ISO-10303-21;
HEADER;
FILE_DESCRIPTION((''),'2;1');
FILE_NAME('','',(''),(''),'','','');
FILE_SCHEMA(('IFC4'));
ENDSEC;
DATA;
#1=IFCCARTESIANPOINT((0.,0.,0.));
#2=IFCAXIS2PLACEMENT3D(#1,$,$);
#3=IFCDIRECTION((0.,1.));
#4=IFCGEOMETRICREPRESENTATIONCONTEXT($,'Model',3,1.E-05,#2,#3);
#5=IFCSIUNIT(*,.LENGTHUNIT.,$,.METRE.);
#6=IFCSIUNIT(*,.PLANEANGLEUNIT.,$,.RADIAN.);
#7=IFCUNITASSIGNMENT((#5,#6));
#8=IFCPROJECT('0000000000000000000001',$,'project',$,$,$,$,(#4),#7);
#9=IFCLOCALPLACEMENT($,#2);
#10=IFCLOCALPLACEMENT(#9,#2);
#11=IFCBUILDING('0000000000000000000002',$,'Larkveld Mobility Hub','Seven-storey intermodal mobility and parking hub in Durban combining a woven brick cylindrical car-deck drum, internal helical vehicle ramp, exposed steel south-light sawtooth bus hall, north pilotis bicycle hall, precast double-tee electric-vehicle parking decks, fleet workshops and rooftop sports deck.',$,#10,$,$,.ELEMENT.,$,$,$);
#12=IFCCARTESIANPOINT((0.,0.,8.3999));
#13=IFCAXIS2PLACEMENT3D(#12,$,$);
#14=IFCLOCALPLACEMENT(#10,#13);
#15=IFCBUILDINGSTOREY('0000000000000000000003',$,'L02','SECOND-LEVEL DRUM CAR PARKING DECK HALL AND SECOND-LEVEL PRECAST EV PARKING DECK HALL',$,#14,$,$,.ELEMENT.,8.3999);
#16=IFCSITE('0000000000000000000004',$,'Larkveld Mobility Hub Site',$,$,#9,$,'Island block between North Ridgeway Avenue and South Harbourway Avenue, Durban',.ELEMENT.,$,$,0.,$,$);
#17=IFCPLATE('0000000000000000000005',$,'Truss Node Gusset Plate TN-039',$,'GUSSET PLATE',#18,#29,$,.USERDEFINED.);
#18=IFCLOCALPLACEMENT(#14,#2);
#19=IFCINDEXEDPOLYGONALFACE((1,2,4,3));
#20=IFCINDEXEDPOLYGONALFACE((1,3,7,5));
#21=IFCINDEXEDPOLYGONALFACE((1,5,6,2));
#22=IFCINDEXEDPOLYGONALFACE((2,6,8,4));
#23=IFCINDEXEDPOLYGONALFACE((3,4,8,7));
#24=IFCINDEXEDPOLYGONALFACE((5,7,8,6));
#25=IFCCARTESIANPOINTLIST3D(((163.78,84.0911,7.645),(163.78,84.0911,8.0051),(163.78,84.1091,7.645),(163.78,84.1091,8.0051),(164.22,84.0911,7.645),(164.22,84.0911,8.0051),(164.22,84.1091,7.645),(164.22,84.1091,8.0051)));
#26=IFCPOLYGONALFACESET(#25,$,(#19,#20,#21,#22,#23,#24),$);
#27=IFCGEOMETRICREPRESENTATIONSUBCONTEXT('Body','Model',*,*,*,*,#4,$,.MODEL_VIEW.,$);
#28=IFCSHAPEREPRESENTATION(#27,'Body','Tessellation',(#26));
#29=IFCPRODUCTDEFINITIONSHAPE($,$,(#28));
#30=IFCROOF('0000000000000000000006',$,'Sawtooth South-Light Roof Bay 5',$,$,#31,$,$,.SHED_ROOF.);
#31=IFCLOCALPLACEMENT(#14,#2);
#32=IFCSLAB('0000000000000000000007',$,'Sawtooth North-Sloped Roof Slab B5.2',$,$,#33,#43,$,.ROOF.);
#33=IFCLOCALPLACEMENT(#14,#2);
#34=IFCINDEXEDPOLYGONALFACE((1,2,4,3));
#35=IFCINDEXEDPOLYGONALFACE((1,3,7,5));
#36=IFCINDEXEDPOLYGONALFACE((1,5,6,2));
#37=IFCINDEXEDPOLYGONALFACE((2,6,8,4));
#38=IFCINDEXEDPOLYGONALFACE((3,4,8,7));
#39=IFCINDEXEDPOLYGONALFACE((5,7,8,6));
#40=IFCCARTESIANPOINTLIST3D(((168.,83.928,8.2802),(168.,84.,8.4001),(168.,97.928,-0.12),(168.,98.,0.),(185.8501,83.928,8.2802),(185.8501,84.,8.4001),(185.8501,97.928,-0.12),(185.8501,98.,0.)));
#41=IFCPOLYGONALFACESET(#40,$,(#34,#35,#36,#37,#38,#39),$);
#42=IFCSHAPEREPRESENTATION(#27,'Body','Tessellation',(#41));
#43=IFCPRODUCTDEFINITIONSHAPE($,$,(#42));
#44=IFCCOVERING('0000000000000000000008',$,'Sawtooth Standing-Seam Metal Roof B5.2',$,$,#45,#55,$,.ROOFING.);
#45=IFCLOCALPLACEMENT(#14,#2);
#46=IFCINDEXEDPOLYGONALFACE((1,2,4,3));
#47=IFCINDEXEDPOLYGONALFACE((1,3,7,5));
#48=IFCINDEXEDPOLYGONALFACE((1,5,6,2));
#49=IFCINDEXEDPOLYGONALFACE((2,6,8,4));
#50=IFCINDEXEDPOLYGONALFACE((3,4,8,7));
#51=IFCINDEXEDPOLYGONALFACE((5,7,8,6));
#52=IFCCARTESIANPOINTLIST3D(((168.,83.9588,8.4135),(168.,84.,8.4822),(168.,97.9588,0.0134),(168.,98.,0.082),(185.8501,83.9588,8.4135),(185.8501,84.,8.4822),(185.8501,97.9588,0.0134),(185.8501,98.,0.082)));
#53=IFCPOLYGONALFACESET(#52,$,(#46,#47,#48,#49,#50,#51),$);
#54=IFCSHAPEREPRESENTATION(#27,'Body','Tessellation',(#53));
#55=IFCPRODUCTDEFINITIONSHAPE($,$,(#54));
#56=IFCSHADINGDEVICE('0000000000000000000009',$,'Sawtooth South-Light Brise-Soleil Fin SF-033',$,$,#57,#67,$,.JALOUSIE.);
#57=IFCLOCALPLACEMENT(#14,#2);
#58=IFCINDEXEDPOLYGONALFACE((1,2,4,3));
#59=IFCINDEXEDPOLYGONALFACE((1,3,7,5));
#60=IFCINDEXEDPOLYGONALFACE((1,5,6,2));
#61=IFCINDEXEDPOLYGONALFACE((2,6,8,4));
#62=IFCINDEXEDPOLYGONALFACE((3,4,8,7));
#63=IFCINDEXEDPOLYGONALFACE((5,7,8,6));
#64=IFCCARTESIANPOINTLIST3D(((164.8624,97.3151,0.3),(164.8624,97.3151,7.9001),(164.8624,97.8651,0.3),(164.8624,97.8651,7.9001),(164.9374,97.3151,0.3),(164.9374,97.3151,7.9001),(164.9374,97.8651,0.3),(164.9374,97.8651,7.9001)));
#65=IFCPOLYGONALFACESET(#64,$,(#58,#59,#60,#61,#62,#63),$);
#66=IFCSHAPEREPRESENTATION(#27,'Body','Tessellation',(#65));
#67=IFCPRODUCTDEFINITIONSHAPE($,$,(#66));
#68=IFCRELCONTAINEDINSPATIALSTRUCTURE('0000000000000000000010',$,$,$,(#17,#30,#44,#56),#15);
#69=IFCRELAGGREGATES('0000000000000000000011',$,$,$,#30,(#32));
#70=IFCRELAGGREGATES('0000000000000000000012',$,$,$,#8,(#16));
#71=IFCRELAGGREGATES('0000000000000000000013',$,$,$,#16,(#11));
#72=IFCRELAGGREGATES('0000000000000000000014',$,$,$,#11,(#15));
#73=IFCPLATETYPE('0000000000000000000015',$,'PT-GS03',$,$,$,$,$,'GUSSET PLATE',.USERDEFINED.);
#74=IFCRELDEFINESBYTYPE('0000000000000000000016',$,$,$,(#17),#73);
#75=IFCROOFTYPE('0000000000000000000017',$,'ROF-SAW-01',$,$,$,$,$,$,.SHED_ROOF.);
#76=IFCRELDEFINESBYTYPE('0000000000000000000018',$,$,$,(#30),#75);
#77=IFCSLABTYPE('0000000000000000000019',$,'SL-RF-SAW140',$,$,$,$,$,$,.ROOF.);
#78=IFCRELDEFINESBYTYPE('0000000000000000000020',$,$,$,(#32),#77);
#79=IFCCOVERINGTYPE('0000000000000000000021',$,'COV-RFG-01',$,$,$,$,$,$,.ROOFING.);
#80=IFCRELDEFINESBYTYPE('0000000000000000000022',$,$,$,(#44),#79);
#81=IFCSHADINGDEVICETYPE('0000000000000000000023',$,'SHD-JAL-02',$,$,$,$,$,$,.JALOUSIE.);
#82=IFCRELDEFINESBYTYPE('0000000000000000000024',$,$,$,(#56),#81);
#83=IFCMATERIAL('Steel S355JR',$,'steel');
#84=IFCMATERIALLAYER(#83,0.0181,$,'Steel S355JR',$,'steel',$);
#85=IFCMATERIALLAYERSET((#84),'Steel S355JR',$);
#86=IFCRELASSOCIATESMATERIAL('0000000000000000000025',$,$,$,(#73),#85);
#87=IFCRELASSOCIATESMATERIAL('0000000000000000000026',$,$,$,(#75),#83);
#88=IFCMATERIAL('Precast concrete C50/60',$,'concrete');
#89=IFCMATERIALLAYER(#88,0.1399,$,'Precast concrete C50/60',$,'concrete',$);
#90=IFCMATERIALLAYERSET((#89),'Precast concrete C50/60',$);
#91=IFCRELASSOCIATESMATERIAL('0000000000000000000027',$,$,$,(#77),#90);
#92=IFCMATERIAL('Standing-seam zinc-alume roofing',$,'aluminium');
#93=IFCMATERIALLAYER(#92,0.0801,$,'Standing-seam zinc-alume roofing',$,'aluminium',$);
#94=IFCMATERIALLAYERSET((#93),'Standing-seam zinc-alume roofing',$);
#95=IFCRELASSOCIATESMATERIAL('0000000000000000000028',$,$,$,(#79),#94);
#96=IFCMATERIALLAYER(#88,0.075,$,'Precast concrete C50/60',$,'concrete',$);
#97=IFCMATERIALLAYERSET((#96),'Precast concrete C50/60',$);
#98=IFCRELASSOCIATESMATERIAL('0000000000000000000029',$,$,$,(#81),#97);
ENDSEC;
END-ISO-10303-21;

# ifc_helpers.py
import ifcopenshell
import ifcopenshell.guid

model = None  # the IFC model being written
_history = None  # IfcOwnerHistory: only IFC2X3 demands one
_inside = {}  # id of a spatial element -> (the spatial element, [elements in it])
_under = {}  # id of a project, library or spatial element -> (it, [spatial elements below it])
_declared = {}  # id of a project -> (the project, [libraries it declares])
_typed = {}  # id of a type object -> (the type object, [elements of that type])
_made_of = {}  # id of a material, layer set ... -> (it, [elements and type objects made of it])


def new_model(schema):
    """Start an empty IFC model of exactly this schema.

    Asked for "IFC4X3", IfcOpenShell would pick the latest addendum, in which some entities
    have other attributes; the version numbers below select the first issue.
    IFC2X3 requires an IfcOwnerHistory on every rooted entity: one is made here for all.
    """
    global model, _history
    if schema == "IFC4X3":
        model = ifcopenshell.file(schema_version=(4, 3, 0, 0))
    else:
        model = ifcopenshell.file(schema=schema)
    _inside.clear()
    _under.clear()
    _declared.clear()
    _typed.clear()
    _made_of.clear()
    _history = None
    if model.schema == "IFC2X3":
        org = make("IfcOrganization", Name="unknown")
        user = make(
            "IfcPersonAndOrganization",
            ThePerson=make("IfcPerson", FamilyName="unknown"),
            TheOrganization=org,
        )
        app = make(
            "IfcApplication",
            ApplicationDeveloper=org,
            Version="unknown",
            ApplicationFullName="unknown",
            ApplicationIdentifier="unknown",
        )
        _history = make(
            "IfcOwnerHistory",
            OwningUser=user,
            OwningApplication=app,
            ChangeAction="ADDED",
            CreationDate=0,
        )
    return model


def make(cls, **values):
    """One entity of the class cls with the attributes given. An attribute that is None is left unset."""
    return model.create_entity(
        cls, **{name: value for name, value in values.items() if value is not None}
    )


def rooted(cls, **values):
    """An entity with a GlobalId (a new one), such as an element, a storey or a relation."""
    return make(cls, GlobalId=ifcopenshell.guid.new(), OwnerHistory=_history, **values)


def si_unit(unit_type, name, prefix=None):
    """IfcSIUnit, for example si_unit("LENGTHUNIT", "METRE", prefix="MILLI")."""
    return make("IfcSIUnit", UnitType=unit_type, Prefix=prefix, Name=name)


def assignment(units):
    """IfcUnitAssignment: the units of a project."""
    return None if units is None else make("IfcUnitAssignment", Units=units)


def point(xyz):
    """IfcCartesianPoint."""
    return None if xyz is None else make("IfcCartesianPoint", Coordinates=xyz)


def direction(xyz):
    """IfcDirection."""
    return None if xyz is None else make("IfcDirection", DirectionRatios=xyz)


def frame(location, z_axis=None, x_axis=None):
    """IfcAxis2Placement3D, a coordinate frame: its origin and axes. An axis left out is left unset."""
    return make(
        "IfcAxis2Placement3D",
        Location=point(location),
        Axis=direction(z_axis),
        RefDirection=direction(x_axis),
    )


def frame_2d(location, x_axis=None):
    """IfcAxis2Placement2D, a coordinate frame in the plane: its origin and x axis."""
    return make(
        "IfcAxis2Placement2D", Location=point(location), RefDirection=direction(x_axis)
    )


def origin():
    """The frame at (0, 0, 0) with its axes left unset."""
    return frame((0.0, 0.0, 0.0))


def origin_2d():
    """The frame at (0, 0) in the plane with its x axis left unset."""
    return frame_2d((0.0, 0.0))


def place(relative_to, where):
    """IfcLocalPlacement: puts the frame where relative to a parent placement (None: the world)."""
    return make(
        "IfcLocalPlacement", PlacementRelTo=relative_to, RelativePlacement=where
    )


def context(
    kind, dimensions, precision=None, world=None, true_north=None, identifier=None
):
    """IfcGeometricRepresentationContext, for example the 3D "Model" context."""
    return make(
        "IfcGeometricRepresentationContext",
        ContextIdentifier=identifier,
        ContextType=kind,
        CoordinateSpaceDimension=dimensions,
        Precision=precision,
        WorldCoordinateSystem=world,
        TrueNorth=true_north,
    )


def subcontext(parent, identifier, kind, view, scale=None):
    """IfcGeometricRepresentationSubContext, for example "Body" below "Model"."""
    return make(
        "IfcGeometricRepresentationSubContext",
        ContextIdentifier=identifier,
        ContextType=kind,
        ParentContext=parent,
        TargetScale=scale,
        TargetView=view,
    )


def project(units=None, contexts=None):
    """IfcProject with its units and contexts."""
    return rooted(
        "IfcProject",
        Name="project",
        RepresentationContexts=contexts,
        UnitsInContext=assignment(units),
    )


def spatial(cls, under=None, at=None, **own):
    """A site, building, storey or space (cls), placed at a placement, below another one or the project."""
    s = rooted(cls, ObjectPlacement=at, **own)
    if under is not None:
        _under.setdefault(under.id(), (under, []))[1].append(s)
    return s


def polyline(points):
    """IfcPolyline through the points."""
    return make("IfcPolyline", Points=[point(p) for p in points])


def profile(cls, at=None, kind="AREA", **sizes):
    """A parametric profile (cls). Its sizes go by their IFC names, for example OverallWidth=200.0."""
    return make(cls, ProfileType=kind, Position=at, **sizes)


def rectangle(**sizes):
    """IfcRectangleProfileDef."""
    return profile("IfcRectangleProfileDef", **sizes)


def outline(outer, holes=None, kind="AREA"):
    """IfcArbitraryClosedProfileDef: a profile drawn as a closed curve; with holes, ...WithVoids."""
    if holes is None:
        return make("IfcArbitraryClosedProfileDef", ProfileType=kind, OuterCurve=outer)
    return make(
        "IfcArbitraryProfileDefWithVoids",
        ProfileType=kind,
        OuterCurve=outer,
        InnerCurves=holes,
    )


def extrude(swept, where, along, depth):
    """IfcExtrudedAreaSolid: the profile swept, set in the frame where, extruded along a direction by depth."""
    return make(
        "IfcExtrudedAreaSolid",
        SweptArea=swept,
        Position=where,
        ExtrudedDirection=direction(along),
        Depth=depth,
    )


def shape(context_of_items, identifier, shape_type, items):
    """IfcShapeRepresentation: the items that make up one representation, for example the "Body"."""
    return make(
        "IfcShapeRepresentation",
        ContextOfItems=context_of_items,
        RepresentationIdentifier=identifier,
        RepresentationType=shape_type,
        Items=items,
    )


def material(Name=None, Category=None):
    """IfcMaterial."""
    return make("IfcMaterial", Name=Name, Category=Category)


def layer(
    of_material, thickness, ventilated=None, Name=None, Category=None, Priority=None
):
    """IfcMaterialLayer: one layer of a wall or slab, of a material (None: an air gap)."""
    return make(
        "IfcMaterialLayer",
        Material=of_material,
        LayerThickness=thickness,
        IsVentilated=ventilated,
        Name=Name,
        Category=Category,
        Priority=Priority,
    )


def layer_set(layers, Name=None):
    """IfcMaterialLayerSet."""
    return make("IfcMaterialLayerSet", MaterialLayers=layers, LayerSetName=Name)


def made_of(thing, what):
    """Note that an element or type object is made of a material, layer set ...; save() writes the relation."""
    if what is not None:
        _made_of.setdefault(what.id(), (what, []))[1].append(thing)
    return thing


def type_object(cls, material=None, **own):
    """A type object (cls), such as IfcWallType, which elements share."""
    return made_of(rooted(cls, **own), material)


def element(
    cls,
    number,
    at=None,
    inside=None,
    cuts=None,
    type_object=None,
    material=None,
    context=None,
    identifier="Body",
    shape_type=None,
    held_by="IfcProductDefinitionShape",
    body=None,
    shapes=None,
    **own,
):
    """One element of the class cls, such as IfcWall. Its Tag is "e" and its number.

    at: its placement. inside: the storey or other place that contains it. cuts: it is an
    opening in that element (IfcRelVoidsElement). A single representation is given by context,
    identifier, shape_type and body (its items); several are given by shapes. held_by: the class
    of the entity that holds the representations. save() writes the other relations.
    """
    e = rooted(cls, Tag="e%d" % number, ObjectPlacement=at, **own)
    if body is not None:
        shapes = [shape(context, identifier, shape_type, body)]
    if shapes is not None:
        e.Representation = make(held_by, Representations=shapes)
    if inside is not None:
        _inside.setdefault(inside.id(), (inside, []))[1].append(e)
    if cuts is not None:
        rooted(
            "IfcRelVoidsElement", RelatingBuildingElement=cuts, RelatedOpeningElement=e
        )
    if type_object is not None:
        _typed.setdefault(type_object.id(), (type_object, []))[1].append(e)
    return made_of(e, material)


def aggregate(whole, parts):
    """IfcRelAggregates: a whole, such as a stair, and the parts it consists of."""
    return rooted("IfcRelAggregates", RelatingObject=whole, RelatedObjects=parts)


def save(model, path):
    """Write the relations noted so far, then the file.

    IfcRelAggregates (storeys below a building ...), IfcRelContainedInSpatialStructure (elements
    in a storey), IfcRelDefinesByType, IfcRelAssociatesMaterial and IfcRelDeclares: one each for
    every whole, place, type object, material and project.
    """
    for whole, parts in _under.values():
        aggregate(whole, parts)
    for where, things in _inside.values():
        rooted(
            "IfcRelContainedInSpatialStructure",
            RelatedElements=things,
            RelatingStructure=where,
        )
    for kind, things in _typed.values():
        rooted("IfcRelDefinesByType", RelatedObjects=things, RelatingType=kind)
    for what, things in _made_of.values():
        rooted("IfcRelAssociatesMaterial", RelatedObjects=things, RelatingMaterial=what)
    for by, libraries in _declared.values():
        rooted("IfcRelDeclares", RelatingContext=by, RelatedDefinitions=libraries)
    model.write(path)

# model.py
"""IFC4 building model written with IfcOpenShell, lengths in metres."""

from ifc_helpers import new_model, si_unit, direction, frame, origin, origin_2d, place, context, subcontext, project, spatial, polyline, rectangle, outline, extrude, material, layer, layer_set, type_object, element, aggregate, save


model = new_model("IFC4")

# Units and contexts
model_context = context("Model", 3, precision=1e-05, world=origin(), true_north=direction((0.0, 1.0)))
body_context = subcontext(model_context, "Body", "Model", "MODEL_VIEW")
ifc_project = project(units=[si_unit("LENGTHUNIT", "METRE"), si_unit("PLANEANGLEUNIT", "RADIAN")], contexts=[model_context])

# Site, building, storey
site_placement = place(None, origin())
site = spatial("IfcSite", under=ifc_project, at=site_placement, Name="Larkveld Mobility Hub Site", LongName="Island block between North Ridgeway Avenue and South Harbourway Avenue, Durban", CompositionType="ELEMENT", RefElevation=0.0)
building_placement = place(site_placement, origin())
building = spatial("IfcBuilding", under=site, at=building_placement, Name="Larkveld Mobility Hub", Description="Seven-storey intermodal mobility and parking hub in Durban combining a woven brick cylindrical car-deck drum, internal helical vehicle ramp, exposed steel south-light sawtooth bus hall, north pilotis bicycle hall, precast double-tee electric-vehicle parking decks, fleet workshops and rooftop sports deck.", CompositionType="ELEMENT")
storey_placement = place(building_placement, frame((0.0, 0.0, 8.3999)))
storey = spatial("IfcBuildingStorey", under=building, at=storey_placement, Name="L02", Description="SECOND-LEVEL DRUM CAR PARKING DECK HALL AND SECOND-LEVEL PRECAST EV PARKING DECK HALL", CompositionType="ELEMENT", Elevation=8.3999)

# Shared definitions
ifc_material_1 = material(Name="Steel S355JR", Category="steel")

# Plate
ifc_layer_1 = layer(ifc_material_1, 0.0181, Name="Steel S355JR", Category="steel")
ifc_layer_set_1 = layer_set([ifc_layer_1], Name="Steel S355JR")
plate_type_1 = type_object("IfcPlateType", Name="PT-GS03", ElementType="GUSSET PLATE", PredefinedType="USERDEFINED", material=ifc_layer_set_1)
plate_1_placement = place(storey_placement, frame((164.0, 84.1001, 7.645), z_axis=(0.0, 0.0, 1.0), x_axis=(1.0, 0.0, 0.0)))
element("IfcPlate", 1, at=plate_1_placement, inside=storey, type_object=plate_type_1, Name="Truss Node Gusset Plate TN-039", ObjectType="GUSSET PLATE", PredefinedType="USERDEFINED", context=body_context, shape_type="SweptSolid", body=[
    extrude(rectangle(XDim=0.4399, YDim=0.0181, at=origin_2d()), origin(), (0.0, 0.0, 1.0), 0.3601),
])

# Roof, slab
roof_type = type_object("IfcRoofType", Name="ROF-SAW-01", PredefinedType="SHED_ROOF", material=ifc_material_1)
roof_placement = place(storey_placement, origin())
roof = element("IfcRoof", 2, at=roof_placement, inside=storey, type_object=roof_type, Name="Sawtooth South-Light Roof Bay 5", PredefinedType="SHED_ROOF")
ifc_material_2 = material(Name="Precast concrete C50/60", Category="concrete")
ifc_layer_2 = layer(ifc_material_2, 0.1399, Name="Precast concrete C50/60", Category="concrete")
ifc_layer_set_2 = layer_set([ifc_layer_2], Name="Precast concrete C50/60")
slab_type = type_object("IfcSlabType", Name="SL-RF-SAW140", PredefinedType="ROOF", material=ifc_layer_set_2)
slab_placement = place(storey_placement, frame((168.0, 84.0, 8.4001), z_axis=(0.0, 0.514502, 0.857489), x_axis=(1.0, 0.0, 0.0)))
slab = element("IfcSlab", 3, at=slab_placement, type_object=slab_type, Name="Sawtooth North-Sloped Roof Slab B5.2", PredefinedType="ROOF", context=body_context, shape_type="SweptSolid", body=[
    extrude(outline(polyline([(0.0, 0.0), (17.8501, 0.0), (17.8501, 16.3267), (0.0, 16.3267), (0.0, 0.0)])), origin(), (0.0, 0.0, -1.0), 0.1399),
])
aggregate(roof, [slab])

# Covering
ifc_material_3 = material(Name="Standing-seam zinc-alume roofing", Category="aluminium")
ifc_layer_3 = layer(ifc_material_3, 0.0801, Name="Standing-seam zinc-alume roofing", Category="aluminium")
ifc_layer_set_3 = layer_set([ifc_layer_3], Name="Standing-seam zinc-alume roofing")
covering_type = type_object("IfcCoveringType", Name="COV-RFG-01", PredefinedType="ROOFING", material=ifc_layer_set_3)
covering_placement = place(storey_placement, frame((168.0, 84.0, 8.4822), z_axis=(0.0, 0.514502, 0.857489), x_axis=(1.0, 0.0, 0.0)))
element("IfcCovering", 4, at=covering_placement, inside=storey, type_object=covering_type, Name="Sawtooth Standing-Seam Metal Roof B5.2", PredefinedType="ROOFING", context=body_context, shape_type="SweptSolid", body=[
    extrude(outline(polyline([(0.0, 0.0), (17.8501, 0.0), (17.8501, 16.3267), (0.0, 16.3267), (0.0, 0.0)])), origin(), (0.0, 0.0, -1.0), 0.0801),
])

# Shading device
ifc_layer_4 = layer(ifc_material_2, 0.075, Name="Precast concrete C50/60", Category="concrete")
ifc_layer_set_4 = layer_set([ifc_layer_4], Name="Precast concrete C50/60")
shading_device_type = type_object("IfcShadingDeviceType", Name="SHD-JAL-02", PredefinedType="JALOUSIE", material=ifc_layer_set_4)
shading_device_placement = place(storey_placement, frame((164.8999, 97.5901, 0.3), z_axis=(0.0, 0.0, 1.0), x_axis=(1.0, 0.0, 0.0)))
element("IfcShadingDevice", 5, at=shading_device_placement, inside=storey, type_object=shading_device_type, Name="Sawtooth South-Light Brise-Soleil Fin SF-033", PredefinedType="JALOUSIE", context=body_context, shape_type="SweptSolid", body=[
    extrude(rectangle(XDim=0.075, YDim=0.55, at=origin_2d()), origin(), (0.0, 0.0, 1.0), 7.6001),
])

save(model, "model.ifc")
